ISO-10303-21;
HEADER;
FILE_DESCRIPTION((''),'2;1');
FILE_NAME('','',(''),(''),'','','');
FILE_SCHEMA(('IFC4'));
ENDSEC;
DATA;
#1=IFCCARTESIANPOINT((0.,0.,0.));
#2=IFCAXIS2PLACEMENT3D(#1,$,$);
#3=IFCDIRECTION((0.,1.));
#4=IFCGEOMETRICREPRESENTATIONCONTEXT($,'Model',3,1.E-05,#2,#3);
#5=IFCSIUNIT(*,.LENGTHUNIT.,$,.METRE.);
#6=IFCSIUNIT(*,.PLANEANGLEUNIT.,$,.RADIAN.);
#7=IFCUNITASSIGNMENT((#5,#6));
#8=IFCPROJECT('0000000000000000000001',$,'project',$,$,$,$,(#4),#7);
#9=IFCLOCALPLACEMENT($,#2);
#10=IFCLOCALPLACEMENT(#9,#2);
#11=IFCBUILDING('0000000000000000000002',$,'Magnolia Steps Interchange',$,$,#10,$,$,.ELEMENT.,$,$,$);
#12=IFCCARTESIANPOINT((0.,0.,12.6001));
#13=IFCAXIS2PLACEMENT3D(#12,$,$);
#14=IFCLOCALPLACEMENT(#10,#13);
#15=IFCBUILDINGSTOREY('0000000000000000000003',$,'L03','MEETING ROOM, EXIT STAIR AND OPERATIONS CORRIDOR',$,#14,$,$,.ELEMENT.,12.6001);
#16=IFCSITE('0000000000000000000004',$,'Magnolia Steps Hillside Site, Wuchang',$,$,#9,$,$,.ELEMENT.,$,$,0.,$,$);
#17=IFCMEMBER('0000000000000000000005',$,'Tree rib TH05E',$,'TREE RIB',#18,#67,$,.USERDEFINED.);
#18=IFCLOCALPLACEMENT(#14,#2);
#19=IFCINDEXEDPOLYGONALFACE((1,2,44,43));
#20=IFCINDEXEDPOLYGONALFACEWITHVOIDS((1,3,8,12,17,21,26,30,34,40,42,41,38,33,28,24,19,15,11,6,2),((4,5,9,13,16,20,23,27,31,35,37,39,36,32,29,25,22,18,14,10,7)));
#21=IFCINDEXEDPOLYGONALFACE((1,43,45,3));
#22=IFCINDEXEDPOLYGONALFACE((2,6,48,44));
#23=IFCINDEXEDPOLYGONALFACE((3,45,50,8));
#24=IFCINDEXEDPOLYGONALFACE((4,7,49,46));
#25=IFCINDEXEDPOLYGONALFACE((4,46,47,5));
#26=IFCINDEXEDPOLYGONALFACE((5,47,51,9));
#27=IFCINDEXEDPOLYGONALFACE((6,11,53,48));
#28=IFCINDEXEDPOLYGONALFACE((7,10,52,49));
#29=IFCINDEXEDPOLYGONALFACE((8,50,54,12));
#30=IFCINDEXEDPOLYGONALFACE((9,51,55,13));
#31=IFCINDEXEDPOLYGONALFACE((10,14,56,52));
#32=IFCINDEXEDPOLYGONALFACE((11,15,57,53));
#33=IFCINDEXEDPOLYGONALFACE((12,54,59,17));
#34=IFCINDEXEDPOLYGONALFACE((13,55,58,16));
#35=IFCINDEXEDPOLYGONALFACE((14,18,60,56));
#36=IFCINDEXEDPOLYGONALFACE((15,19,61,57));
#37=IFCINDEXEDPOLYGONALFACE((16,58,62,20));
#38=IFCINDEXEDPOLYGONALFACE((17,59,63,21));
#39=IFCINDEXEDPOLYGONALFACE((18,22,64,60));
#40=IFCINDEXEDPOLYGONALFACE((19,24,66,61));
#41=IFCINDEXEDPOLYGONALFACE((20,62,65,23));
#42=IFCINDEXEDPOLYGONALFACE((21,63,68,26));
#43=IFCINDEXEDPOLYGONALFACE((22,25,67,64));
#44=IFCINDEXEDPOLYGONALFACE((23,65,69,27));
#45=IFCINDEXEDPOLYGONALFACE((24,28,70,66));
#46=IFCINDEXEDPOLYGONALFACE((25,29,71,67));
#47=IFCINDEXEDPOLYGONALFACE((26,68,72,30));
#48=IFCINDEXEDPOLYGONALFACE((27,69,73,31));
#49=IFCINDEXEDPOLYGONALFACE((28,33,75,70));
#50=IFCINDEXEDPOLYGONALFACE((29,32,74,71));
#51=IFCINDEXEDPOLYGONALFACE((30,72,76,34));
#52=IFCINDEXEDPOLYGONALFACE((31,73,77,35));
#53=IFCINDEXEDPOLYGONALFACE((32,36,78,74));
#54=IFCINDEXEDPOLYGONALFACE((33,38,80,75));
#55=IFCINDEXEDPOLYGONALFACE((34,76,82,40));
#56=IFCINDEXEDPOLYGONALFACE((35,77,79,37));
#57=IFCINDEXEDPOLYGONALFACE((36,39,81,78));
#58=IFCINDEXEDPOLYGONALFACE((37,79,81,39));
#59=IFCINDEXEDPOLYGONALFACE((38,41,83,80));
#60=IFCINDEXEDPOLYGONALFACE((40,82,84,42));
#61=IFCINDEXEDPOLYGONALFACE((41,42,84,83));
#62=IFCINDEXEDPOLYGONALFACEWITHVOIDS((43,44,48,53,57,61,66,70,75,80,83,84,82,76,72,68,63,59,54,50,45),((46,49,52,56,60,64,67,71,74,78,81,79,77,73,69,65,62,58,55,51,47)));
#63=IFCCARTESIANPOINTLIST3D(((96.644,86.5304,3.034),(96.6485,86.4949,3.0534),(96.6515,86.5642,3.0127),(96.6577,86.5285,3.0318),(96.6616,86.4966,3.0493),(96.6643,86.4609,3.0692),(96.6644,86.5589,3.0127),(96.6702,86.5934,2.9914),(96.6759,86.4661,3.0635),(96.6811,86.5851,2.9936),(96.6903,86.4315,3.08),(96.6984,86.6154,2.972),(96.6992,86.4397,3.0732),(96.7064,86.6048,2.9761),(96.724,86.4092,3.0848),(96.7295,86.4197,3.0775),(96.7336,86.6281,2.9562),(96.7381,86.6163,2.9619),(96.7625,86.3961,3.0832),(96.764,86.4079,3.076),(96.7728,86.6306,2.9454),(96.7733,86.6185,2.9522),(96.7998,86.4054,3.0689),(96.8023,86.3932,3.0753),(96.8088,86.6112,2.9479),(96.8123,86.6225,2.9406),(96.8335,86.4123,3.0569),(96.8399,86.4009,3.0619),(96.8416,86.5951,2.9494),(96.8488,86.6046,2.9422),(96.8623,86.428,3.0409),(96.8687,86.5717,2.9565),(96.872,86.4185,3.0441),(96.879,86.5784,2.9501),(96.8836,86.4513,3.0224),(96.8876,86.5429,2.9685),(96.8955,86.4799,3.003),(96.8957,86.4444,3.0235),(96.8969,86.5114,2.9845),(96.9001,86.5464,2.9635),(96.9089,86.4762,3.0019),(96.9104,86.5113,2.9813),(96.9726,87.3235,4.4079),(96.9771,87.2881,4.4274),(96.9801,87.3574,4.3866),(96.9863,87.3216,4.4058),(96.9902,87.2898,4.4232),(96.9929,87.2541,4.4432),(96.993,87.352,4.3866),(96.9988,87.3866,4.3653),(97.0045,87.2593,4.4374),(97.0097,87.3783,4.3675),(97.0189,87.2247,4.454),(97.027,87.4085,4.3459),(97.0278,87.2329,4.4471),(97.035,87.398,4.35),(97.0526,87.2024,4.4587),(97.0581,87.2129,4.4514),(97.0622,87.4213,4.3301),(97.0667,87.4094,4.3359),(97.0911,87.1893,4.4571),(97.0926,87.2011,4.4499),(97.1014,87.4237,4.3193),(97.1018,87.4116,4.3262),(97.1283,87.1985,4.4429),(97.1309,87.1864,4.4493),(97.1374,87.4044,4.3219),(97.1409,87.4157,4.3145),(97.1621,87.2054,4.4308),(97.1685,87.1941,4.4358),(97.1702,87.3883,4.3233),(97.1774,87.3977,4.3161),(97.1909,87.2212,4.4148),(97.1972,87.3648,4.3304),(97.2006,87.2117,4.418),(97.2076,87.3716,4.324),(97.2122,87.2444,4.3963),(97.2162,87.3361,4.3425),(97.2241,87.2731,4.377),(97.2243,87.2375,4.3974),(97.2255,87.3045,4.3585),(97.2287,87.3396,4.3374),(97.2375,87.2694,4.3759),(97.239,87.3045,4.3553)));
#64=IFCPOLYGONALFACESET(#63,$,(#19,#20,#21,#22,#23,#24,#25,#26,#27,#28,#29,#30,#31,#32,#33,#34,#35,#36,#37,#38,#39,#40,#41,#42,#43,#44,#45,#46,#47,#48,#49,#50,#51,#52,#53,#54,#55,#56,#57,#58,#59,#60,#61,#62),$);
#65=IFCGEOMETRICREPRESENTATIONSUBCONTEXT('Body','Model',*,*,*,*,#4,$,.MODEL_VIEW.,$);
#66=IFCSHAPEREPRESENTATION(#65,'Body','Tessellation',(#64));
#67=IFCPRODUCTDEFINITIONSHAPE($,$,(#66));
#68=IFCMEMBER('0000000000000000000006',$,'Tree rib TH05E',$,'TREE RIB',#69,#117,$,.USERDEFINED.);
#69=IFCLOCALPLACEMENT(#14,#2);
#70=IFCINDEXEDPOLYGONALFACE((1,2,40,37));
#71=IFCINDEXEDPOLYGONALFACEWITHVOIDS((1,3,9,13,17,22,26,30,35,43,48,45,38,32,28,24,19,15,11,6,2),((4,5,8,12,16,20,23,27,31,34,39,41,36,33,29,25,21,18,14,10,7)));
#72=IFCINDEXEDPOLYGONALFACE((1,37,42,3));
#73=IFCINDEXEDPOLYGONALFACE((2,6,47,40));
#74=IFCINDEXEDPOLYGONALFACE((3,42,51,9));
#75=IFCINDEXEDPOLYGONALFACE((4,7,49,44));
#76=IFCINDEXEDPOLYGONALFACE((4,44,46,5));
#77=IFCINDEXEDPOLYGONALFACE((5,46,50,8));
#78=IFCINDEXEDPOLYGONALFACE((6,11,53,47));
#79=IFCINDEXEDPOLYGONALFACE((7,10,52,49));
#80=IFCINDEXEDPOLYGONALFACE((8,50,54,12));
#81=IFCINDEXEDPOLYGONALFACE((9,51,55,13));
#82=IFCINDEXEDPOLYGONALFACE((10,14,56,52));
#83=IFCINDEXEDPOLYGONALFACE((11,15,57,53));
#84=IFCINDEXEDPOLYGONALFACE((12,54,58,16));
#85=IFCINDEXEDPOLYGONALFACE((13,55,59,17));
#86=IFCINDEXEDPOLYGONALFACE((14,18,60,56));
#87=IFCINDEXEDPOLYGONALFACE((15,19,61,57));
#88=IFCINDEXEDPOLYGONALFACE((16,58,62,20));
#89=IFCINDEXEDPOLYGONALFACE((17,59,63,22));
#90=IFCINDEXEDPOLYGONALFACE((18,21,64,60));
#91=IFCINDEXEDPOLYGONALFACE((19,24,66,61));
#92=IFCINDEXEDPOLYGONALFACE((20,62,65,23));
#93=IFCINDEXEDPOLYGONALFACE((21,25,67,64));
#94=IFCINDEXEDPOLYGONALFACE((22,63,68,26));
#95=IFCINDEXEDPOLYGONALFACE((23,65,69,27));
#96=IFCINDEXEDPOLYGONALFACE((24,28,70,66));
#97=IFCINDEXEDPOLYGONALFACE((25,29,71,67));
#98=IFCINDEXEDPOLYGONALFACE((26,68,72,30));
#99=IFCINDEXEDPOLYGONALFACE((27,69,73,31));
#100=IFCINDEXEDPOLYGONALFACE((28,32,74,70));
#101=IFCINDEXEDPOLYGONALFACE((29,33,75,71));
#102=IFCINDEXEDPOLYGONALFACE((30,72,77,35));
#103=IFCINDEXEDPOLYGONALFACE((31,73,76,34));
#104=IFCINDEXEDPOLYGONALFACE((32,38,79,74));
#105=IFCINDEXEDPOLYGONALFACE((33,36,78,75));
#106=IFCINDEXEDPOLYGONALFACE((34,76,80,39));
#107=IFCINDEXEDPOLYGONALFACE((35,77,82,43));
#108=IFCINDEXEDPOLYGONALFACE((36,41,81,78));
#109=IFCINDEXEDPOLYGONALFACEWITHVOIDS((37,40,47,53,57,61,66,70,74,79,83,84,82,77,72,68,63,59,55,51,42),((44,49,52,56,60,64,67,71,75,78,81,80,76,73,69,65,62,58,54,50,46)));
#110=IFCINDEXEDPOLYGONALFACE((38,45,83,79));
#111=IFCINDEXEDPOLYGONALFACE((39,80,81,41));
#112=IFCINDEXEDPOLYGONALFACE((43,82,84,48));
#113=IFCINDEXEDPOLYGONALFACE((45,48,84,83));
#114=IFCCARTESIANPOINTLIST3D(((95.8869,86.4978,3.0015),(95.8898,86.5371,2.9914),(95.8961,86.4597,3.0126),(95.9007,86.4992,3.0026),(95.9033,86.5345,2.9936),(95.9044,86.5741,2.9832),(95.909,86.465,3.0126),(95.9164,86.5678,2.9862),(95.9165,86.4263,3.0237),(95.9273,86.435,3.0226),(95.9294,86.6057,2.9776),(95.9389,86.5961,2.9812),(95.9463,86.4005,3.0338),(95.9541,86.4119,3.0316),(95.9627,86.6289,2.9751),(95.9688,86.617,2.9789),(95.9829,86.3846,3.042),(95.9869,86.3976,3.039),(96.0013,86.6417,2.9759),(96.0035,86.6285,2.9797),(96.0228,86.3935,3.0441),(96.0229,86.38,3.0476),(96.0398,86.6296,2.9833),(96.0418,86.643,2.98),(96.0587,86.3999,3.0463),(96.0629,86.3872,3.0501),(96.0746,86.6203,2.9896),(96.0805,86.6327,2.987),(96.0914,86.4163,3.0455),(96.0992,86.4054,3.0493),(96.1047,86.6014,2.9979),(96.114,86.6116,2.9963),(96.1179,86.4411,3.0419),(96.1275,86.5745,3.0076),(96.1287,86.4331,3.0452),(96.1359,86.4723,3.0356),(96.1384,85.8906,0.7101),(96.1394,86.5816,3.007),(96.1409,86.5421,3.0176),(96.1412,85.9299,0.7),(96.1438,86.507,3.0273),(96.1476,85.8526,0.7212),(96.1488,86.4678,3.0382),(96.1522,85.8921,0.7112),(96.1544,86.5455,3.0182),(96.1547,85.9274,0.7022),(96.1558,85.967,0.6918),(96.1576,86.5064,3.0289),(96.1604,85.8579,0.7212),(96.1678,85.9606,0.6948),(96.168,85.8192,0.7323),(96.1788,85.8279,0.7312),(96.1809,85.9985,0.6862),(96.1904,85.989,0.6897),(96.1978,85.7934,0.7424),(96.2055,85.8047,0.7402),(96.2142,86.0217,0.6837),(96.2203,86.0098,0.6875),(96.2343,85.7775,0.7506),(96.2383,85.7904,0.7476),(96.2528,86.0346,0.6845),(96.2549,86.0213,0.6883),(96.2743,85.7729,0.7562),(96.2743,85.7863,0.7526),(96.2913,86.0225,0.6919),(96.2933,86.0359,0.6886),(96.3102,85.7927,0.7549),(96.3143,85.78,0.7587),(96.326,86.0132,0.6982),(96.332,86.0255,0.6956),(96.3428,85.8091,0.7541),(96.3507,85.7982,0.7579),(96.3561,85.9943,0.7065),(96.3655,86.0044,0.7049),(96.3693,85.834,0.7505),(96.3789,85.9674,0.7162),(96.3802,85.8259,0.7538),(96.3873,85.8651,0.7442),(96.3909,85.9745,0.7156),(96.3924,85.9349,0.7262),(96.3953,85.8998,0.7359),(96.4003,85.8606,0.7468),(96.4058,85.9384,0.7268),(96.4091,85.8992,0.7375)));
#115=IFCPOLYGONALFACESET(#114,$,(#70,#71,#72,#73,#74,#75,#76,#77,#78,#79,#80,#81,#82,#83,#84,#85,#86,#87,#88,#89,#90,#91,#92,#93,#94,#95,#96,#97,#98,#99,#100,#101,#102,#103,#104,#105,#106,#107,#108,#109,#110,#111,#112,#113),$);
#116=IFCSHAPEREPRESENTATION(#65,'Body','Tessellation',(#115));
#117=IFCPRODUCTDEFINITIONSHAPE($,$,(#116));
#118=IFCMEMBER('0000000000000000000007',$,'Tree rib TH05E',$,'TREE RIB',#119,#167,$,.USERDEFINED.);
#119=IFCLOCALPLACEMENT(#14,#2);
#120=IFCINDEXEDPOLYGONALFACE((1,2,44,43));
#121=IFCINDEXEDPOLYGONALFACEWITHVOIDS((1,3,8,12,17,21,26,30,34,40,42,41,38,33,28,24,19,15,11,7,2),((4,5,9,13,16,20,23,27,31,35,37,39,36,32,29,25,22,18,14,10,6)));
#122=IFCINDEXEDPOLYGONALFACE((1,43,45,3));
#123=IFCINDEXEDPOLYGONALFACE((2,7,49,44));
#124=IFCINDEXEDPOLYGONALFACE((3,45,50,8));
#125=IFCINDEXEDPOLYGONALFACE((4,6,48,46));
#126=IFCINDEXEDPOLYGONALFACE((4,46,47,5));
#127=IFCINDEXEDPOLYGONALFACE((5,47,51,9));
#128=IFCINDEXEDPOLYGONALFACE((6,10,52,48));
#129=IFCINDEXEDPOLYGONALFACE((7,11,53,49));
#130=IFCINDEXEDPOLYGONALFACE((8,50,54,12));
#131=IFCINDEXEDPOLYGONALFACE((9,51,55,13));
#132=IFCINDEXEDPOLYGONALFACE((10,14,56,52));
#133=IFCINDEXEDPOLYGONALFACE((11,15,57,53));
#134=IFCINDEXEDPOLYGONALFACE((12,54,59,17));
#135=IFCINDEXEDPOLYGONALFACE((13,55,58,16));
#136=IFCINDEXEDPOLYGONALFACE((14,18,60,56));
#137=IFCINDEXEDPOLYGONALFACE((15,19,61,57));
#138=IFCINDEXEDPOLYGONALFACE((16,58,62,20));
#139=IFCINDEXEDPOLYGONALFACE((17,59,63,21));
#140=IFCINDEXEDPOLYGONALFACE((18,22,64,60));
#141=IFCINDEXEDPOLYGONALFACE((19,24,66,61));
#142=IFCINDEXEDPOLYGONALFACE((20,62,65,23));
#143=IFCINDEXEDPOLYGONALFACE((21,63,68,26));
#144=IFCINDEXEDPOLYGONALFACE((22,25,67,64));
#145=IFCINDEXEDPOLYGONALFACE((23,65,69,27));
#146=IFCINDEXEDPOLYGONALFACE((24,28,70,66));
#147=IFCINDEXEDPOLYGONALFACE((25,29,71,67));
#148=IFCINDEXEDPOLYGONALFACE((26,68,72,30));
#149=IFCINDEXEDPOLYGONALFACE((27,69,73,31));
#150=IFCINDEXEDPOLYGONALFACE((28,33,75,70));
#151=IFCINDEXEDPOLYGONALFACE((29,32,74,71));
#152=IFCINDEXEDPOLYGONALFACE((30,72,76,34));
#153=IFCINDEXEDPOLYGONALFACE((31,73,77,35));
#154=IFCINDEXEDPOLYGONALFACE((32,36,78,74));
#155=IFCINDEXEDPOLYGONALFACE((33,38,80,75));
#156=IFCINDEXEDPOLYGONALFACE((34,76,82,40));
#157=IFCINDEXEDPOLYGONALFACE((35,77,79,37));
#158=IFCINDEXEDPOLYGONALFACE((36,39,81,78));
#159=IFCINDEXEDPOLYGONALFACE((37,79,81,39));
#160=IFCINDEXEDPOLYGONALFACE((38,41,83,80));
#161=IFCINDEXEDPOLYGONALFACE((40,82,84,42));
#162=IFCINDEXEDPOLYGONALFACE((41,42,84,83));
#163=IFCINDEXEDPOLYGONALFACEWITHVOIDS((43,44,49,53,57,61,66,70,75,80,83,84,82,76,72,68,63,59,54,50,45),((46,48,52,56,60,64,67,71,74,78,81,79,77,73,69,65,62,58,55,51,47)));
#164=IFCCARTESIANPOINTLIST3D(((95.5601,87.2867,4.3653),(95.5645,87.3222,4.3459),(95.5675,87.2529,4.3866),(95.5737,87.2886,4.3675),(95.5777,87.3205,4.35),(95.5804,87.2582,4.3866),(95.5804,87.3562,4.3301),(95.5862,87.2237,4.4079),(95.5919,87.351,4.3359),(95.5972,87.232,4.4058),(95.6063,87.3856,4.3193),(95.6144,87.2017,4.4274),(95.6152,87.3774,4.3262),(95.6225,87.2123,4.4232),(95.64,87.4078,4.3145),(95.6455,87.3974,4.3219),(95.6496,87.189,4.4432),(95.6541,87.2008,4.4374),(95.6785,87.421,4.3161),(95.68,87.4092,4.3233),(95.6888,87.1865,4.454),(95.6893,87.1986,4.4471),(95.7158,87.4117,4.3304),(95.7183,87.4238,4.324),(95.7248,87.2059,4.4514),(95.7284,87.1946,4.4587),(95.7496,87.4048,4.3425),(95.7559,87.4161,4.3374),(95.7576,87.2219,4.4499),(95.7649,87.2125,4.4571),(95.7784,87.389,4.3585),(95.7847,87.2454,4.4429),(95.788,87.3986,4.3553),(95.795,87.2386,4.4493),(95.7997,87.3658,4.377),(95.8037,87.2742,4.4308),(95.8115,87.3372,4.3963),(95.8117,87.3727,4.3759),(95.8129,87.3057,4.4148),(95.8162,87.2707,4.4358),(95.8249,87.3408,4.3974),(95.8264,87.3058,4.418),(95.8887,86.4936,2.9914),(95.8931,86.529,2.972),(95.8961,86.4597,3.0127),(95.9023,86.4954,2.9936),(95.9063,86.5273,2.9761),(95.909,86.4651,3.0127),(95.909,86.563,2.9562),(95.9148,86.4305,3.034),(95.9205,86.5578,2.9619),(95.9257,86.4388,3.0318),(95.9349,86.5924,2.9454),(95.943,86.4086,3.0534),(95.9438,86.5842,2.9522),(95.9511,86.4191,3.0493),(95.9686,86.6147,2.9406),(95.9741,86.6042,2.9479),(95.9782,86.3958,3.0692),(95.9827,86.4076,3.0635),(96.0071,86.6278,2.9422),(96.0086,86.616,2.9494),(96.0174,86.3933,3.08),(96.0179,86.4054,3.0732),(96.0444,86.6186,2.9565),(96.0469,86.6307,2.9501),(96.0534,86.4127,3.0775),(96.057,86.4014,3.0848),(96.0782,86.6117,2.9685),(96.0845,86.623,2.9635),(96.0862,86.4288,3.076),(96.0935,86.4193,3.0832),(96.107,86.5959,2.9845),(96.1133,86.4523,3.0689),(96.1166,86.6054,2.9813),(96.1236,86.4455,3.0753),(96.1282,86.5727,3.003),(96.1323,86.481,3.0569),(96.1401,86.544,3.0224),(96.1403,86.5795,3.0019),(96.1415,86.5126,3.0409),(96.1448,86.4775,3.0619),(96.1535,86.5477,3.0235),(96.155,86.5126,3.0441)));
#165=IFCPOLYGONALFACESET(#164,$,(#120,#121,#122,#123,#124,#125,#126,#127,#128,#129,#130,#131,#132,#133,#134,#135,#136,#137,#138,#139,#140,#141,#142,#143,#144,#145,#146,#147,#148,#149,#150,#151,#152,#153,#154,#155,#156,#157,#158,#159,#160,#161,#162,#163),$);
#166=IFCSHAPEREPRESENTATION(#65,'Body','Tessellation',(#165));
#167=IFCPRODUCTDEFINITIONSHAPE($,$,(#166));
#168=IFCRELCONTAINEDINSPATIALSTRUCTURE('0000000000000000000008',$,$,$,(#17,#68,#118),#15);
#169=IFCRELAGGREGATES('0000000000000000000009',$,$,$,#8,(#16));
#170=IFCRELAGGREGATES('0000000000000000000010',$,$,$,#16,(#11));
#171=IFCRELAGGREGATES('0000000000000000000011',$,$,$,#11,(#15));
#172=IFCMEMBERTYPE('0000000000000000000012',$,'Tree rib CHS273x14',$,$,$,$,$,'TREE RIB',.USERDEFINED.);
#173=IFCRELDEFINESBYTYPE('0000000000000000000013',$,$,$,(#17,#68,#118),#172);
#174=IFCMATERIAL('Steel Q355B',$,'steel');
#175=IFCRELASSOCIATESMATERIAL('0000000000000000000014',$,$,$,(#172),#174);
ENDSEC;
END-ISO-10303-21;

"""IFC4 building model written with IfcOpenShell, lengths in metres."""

from ifc_helpers import new_model, si_unit, direction, frame, origin, origin_2d, place, context, subcontext, project, spatial, hollow_circle, extrude, material, material_profile, profile_set, type_object, element, save


model = new_model("IFC4")

# Units and contexts
model_context = context("Model", 3, precision=1e-05, world=origin(), true_north=direction((0.0, 1.0)))
body_context = subcontext(model_context, "Body", "Model", "MODEL_VIEW")
ifc_project = project(units=[si_unit("LENGTHUNIT", "METRE"), si_unit("PLANEANGLEUNIT", "RADIAN")], contexts=[model_context])

# Site, building, storey
site_placement = place(None, origin())
site = spatial("IfcSite", under=ifc_project, at=site_placement, Name="Magnolia Steps Hillside Site, Wuchang", CompositionType="ELEMENT", RefElevation=0.0)
building_placement = place(site_placement, origin())
building = spatial("IfcBuilding", under=site, at=building_placement, Name="Magnolia Steps Interchange", CompositionType="ELEMENT")
storey_placement = place(building_placement, frame((0.0, 0.0, 12.6001)))
storey = spatial("IfcBuildingStorey", under=building, at=storey_placement, Name="L03", Description="MEETING ROOM, EXIT STAIR AND OPERATIONS CORRIDOR", CompositionType="ELEMENT", Elevation=12.6001)

# Members
ifc_material_1 = material(Name="Steel Q355B", Category="steel")
ifc_material_profile_1 = material_profile(ifc_material_1, hollow_circle(Radius=0.1365, WallThickness=0.0139, at=origin_2d()), Name="CHS273x14")
ifc_profile_set_1 = profile_set([ifc_material_profile_1], Name="Steel Q355B")
member_type_1 = type_object("IfcMemberType", Name="Tree rib CHS273x14", ElementType="TREE RIB", PredefinedType="USERDEFINED", material=ifc_profile_set_1)
member_1_placement = place(storey_placement, frame((96.7776, 86.512, 3.0127), z_axis=(0.20282, 0.489571, 0.848047), x_axis=(-0.923857, 0.382737, 0.0)))
element("IfcMember", 1, at=member_1_placement, inside=storey, type_object=member_type_1, Name="Tree rib TH05E", ObjectType="TREE RIB", PredefinedType="USERDEFINED", context=body_context, shape_type="SweptSolid", body=[
    extrude(hollow_circle(Radius=0.1365, WallThickness=0.0139, at=origin_2d()), origin(), (0.0, 0.0, 1.0), 1.6201),
])
member_2_placement = place(storey_placement, frame((96.2737, 85.9048, 0.7212), z_axis=(-0.105485, 0.254701, 0.961249), x_axis=(-0.923899, -0.382636, 0.0)))
element("IfcMember", 2, at=member_2_placement, inside=storey, type_object=member_type_1, Name="Tree rib TH05E", ObjectType="TREE RIB", PredefinedType="USERDEFINED", context=body_context, shape_type="SweptSolid", body=[
    extrude(hollow_circle(Radius=0.1365, WallThickness=0.0139, at=origin_2d()), origin(), (0.0, 0.0, 1.0), 2.3838),
])
member_3_placement = place(storey_placement, frame((96.0222, 86.512, 3.0127), z_axis=(-0.20282, 0.489571, 0.848047), x_axis=(-0.923857, -0.382737, 0.0)))
element("IfcMember", 3, at=member_3_placement, inside=storey, type_object=member_type_1, Name="Tree rib TH05E", ObjectType="TREE RIB", PredefinedType="USERDEFINED", context=body_context, shape_type="SweptSolid", body=[
    extrude(hollow_circle(Radius=0.1365, WallThickness=0.0139, at=origin_2d()), origin(), (0.0, 0.0, 1.0), 1.6201),
])

save(model, "model.ifc")
